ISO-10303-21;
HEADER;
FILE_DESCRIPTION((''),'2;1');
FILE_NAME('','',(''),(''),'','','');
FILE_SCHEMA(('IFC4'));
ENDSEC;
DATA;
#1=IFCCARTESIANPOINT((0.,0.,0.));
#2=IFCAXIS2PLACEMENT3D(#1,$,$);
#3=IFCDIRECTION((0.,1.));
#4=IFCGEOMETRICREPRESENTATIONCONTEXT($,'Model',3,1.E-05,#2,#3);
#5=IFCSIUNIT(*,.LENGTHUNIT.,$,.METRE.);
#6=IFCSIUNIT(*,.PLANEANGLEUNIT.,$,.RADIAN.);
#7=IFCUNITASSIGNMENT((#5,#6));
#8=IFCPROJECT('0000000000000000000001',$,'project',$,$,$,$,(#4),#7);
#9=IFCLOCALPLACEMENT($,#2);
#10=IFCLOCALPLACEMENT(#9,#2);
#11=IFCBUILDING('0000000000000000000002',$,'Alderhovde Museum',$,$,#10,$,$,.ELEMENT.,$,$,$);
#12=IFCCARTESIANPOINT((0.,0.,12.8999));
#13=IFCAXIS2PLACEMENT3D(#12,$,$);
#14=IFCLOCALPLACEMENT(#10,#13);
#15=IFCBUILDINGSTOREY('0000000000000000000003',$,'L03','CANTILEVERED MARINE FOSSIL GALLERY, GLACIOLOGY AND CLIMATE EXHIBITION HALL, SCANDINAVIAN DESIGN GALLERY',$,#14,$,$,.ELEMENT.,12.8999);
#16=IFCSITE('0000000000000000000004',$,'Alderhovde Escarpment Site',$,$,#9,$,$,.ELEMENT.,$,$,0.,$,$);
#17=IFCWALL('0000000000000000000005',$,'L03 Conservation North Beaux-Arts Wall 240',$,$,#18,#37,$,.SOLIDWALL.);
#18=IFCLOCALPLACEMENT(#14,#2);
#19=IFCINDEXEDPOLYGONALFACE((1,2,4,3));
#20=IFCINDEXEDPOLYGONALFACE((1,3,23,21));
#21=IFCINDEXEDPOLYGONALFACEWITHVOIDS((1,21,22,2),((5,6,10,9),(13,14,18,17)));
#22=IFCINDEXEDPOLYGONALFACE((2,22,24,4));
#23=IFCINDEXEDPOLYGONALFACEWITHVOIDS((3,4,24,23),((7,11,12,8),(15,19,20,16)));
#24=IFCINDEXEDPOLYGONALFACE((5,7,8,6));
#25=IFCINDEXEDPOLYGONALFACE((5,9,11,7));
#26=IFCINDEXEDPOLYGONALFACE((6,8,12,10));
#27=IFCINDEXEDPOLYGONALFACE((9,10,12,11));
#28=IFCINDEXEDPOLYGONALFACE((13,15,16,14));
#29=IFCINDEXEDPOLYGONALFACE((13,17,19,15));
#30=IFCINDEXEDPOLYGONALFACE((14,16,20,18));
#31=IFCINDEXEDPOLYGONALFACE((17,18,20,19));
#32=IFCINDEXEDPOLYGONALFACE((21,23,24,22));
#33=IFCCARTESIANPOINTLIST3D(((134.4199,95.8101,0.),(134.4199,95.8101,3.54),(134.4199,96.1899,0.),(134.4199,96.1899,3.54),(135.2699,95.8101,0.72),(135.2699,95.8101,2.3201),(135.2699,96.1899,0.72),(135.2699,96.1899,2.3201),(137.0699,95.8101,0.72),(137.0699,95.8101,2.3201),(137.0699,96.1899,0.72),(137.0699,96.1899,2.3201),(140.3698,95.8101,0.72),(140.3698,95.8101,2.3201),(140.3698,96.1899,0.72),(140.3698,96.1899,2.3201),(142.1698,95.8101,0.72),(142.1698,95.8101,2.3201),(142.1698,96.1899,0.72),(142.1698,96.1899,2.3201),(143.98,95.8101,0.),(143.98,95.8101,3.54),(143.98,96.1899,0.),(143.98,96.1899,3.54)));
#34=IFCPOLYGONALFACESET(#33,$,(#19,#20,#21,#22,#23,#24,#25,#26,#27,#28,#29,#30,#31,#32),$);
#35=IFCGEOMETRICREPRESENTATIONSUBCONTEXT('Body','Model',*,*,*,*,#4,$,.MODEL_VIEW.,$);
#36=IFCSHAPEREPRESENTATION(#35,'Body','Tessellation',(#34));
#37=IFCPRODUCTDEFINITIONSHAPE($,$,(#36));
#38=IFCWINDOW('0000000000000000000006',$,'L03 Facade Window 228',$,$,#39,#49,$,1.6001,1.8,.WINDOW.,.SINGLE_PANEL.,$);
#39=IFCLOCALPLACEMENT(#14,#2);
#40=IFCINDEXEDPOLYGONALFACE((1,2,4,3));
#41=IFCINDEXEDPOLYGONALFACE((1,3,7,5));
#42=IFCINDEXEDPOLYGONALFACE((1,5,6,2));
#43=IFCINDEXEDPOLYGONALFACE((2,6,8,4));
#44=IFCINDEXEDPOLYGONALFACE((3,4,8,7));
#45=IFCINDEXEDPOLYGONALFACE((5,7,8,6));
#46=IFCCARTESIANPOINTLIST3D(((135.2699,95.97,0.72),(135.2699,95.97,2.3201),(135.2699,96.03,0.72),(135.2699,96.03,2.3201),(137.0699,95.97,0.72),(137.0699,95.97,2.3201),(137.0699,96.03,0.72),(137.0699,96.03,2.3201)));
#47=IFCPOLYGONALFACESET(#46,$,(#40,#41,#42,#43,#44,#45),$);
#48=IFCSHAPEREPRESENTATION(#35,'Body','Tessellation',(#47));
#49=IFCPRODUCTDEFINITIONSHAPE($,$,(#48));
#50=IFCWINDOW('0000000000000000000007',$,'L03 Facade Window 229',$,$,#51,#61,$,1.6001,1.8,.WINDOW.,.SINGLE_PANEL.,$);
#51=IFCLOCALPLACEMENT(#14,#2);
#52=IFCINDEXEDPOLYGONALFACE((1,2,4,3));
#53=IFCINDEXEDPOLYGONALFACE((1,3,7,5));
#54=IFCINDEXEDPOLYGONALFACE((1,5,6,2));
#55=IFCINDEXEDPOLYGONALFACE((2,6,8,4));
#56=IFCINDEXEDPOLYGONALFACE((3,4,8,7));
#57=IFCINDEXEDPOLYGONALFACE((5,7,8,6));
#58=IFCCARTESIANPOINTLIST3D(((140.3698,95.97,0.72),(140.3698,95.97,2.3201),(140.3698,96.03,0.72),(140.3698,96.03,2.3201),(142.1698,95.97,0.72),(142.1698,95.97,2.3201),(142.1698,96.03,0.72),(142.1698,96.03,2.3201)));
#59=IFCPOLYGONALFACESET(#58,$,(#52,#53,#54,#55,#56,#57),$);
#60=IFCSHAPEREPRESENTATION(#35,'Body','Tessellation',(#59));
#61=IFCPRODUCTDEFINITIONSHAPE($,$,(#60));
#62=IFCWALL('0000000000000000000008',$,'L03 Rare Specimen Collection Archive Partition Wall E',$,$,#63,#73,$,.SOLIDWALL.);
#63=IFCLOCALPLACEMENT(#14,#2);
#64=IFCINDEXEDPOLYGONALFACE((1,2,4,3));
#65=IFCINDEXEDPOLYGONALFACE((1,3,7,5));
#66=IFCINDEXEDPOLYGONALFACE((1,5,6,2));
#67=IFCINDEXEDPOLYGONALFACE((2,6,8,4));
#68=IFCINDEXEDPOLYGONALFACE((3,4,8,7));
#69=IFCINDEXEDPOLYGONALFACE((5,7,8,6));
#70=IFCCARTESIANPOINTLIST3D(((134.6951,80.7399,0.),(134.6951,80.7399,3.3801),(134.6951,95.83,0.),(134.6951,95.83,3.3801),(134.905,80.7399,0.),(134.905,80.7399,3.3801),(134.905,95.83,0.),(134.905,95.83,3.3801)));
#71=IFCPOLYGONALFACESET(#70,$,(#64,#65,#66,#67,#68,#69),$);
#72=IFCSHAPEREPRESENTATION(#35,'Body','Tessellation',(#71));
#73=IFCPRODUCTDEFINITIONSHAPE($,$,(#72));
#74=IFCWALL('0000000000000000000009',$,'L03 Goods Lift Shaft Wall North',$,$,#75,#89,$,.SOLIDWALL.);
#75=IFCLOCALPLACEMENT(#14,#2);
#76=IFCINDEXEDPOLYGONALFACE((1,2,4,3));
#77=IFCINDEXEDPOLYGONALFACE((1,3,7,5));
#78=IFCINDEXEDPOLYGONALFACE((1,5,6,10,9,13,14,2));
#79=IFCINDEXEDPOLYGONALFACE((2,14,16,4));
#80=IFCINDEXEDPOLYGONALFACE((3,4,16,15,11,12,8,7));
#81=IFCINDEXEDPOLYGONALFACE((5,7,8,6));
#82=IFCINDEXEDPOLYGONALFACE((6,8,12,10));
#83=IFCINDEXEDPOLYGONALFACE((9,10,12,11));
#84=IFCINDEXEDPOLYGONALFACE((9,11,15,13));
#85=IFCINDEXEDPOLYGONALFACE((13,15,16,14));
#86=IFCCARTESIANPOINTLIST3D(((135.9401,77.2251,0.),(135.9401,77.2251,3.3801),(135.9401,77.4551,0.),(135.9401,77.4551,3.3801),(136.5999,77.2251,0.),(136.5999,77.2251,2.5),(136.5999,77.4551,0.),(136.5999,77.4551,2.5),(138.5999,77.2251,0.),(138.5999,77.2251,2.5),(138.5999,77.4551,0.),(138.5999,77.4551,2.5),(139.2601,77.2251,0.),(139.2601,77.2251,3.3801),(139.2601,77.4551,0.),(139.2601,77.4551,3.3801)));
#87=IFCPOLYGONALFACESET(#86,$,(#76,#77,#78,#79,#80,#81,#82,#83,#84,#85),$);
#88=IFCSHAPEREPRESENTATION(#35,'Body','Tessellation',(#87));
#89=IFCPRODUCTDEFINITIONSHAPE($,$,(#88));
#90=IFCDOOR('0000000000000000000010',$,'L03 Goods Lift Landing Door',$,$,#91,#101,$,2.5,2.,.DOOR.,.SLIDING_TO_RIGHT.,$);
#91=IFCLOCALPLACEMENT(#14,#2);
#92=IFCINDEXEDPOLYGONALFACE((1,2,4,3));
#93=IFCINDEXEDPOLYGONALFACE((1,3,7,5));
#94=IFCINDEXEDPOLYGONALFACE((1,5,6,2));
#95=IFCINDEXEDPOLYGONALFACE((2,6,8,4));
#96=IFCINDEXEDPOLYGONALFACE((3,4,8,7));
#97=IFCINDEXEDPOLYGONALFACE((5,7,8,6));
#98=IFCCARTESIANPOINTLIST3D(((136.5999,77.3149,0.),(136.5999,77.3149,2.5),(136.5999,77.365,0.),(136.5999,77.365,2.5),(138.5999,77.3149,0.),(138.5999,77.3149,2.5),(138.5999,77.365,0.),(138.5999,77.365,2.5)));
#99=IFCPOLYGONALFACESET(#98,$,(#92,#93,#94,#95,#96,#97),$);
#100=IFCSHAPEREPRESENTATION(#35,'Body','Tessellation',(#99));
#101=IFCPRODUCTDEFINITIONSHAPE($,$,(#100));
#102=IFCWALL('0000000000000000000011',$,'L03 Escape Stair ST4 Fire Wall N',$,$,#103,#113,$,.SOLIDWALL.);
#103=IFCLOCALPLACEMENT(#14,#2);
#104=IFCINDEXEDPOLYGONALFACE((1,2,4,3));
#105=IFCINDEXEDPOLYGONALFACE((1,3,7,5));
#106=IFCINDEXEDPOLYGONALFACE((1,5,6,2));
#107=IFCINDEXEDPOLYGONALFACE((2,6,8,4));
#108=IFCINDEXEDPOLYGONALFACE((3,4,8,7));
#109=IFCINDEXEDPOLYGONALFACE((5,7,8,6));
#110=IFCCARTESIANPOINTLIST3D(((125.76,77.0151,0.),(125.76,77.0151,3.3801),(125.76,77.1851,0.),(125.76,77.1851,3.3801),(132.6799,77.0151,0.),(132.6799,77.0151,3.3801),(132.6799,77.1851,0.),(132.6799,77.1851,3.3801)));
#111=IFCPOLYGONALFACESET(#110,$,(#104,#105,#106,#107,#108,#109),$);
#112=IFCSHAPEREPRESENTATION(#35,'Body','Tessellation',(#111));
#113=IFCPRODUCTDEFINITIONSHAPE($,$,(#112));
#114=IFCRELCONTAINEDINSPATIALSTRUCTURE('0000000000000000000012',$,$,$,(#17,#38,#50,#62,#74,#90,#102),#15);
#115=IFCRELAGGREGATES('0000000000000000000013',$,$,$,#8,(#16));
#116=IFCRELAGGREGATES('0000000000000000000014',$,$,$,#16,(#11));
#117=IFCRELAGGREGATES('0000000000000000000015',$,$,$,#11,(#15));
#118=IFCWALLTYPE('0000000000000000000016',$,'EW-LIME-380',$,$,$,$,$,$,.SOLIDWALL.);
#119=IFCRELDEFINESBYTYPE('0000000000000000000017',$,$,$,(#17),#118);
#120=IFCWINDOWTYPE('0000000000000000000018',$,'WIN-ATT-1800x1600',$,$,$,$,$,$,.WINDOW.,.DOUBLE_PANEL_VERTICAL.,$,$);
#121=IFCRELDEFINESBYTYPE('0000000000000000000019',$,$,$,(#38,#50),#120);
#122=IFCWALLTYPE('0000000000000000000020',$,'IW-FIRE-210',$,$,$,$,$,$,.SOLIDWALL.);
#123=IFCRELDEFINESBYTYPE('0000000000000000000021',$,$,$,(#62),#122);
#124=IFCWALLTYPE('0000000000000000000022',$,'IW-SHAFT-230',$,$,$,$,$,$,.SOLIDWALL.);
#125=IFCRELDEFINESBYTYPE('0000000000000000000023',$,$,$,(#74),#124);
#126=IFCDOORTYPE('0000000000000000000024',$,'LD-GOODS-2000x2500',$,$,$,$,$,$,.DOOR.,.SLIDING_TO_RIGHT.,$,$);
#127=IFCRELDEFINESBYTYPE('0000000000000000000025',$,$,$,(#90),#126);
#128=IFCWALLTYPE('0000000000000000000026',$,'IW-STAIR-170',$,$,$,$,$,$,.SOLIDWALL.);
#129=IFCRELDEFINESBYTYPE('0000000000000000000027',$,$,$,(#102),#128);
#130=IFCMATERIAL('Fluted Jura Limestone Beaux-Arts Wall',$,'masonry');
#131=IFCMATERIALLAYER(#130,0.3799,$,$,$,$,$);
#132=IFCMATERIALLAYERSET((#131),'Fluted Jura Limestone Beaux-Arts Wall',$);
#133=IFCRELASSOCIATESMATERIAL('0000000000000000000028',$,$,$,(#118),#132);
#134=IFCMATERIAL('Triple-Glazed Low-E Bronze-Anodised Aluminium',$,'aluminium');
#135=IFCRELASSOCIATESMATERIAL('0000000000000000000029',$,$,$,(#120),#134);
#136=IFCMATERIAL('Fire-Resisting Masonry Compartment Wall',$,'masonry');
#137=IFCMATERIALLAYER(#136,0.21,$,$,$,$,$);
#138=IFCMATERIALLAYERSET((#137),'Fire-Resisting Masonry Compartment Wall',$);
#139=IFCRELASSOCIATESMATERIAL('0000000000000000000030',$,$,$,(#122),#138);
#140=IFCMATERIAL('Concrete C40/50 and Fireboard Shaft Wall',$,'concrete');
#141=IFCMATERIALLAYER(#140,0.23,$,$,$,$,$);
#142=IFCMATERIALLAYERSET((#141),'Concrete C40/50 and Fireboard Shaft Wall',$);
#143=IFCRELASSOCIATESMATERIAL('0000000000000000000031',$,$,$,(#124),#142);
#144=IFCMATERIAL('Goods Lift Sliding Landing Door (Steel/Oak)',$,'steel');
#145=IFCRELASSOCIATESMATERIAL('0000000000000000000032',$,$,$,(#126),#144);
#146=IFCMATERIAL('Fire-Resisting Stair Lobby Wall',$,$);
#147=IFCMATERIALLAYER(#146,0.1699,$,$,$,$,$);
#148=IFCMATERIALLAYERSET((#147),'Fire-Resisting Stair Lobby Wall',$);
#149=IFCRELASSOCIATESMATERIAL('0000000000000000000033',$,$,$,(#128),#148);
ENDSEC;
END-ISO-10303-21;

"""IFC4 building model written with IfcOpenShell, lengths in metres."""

from ifc_helpers import new_model, si_unit, direction, frame, frame_2d, origin, place, context, subcontext, project, spatial, rectangle, extrude, material, layer, layer_set, type_object, element, fill, save


model = new_model("IFC4")

# Units and contexts
model_context = context("Model", 3, precision=1e-05, world=origin(), true_north=direction((0.0, 1.0)))
body_context = subcontext(model_context, "Body", "Model", "MODEL_VIEW")
ifc_project = project(units=[si_unit("LENGTHUNIT", "METRE"), si_unit("PLANEANGLEUNIT", "RADIAN")], contexts=[model_context])

# Site, building, storey
site_placement = place(None, origin())
site = spatial("IfcSite", under=ifc_project, at=site_placement, Name="Alderhovde Escarpment Site", CompositionType="ELEMENT", RefElevation=0.0)
building_placement = place(site_placement, origin())
building = spatial("IfcBuilding", under=site, at=building_placement, Name="Alderhovde Museum", CompositionType="ELEMENT")
storey_placement = place(building_placement, frame((0.0, 0.0, 12.8999)))
storey = spatial("IfcBuildingStorey", under=building, at=storey_placement, Name="L03", Description="CANTILEVERED MARINE FOSSIL GALLERY, GLACIOLOGY AND CLIMATE EXHIBITION HALL, SCANDINAVIAN DESIGN GALLERY", CompositionType="ELEMENT", Elevation=12.8999)

# Shared definitions
ifc_material_1 = material(Name="Fluted Jura Limestone Beaux-Arts Wall", Category="masonry")
ifc_layer_1 = layer(ifc_material_1, 0.3799)
ifc_layer_set_1 = layer_set([ifc_layer_1], Name="Fluted Jura Limestone Beaux-Arts Wall")
wall_type_1 = type_object("IfcWallType", Name="EW-LIME-380", PredefinedType="SOLIDWALL", material=ifc_layer_set_1)

# Wall, openings, windows
wall_1_placement = place(storey_placement, frame((134.4199, 96.0, 0.0), z_axis=(0.0, 0.0, 1.0), x_axis=(1.0, 0.0, 0.0)))
wall_1 = element("IfcWall", 1, at=wall_1_placement, inside=storey, type_object=wall_type_1, Name="L03 Conservation North Beaux-Arts Wall 240", PredefinedType="SOLIDWALL", context=body_context, shape_type="SweptSolid", body=[
    extrude(rectangle(XDim=9.5601, YDim=0.3799, at=frame_2d((4.78, 0.0))), origin(), (0.0, 0.0, 1.0), 3.54),
])
opening_1_placement = place(wall_1_placement, frame((0.8501, 0.0, 0.72)))
opening_1 = element("IfcOpeningElement", 2, at=opening_1_placement, cuts=wall_1, PredefinedType="OPENING", context=body_context, shape_type="SweptSolid", body=[
    extrude(rectangle(XDim=1.8, YDim=1.6001, at=frame_2d((0.8999, 0.8))), frame((0.0, 0.2, 0.0), z_axis=(0.0, -1.0, 0.0), x_axis=(1.0, 0.0, 0.0)), (0.0, 0.0, 1.0), 0.3999),
])
opening_2_placement = place(wall_1_placement, frame((5.95, 0.0, 0.72)))
opening_2 = element("IfcOpeningElement", 3, at=opening_2_placement, cuts=wall_1, PredefinedType="OPENING", context=body_context, shape_type="SweptSolid", body=[
    extrude(rectangle(XDim=1.8, YDim=1.6001, at=frame_2d((0.8999, 0.8))), frame((0.0, 0.2, 0.0), z_axis=(0.0, -1.0, 0.0), x_axis=(1.0, 0.0, 0.0)), (0.0, 0.0, 1.0), 0.3999),
])
ifc_material_2 = material(Name="Triple-Glazed Low-E Bronze-Anodised Aluminium", Category="aluminium")
window_type = type_object("IfcWindowType", Name="WIN-ATT-1800x1600", PartitioningType="DOUBLE_PANEL_VERTICAL", PredefinedType="WINDOW", material=ifc_material_2)
window_1_placement = place(opening_1_placement, origin())
window_1 = element("IfcWindow", 4, at=window_1_placement, inside=storey, type_object=window_type, Name="L03 Facade Window 228", OverallHeight=1.6001, OverallWidth=1.8, PartitioningType="SINGLE_PANEL", PredefinedType="WINDOW", context=body_context, shape_type="SweptSolid", body=[
    extrude(rectangle(XDim=1.8, YDim=1.6001, at=frame_2d((0.8999, 0.8))), frame((0.0, 0.03, 0.0), z_axis=(0.0, -1.0, 0.0), x_axis=(1.0, 0.0, 0.0)), (0.0, 0.0, 1.0), 0.0601),
])
fill(opening_1, window_1)
window_2_placement = place(opening_2_placement, origin())
window_2 = element("IfcWindow", 5, at=window_2_placement, inside=storey, type_object=window_type, Name="L03 Facade Window 229", OverallHeight=1.6001, OverallWidth=1.8, PartitioningType="SINGLE_PANEL", PredefinedType="WINDOW", context=body_context, shape_type="SweptSolid", body=[
    extrude(rectangle(XDim=1.8, YDim=1.6001, at=frame_2d((0.8999, 0.8))), frame((0.0, 0.03, 0.0), z_axis=(0.0, -1.0, 0.0), x_axis=(1.0, 0.0, 0.0)), (0.0, 0.0, 1.0), 0.0601),
])
fill(opening_2, window_2)

# Wall
ifc_material_3 = material(Name="Fire-Resisting Masonry Compartment Wall", Category="masonry")
ifc_layer_2 = layer(ifc_material_3, 0.21)
ifc_layer_set_2 = layer_set([ifc_layer_2], Name="Fire-Resisting Masonry Compartment Wall")
wall_type_2 = type_object("IfcWallType", Name="IW-FIRE-210", PredefinedType="SOLIDWALL", material=ifc_layer_set_2)
wall_2_placement = place(storey_placement, frame((134.8, 80.74, 0.0), z_axis=(0.0, 0.0, 1.0), x_axis=(0.0, 1.0, 0.0)))
element("IfcWall", 6, at=wall_2_placement, inside=storey, type_object=wall_type_2, Name="L03 Rare Specimen Collection Archive Partition Wall E", PredefinedType="SOLIDWALL", context=body_context, shape_type="SweptSolid", body=[
    extrude(rectangle(XDim=15.0901, YDim=0.21, at=frame_2d((7.5449, 0.0))), origin(), (0.0, 0.0, 1.0), 3.3801),
])

# Wall, opening, door
ifc_material_4 = material(Name="Concrete C40/50 and Fireboard Shaft Wall", Category="concrete")
ifc_layer_3 = layer(ifc_material_4, 0.23)
ifc_layer_set_3 = layer_set([ifc_layer_3], Name="Concrete C40/50 and Fireboard Shaft Wall")
wall_type_3 = type_object("IfcWallType", Name="IW-SHAFT-230", PredefinedType="SOLIDWALL", material=ifc_layer_set_3)
wall_3_placement = place(storey_placement, frame((135.9399, 77.3401, 0.0), z_axis=(0.0, 0.0, 1.0), x_axis=(1.0, 0.0, 0.0)))
wall_3 = element("IfcWall", 7, at=wall_3_placement, inside=storey, type_object=wall_type_3, Name="L03 Goods Lift Shaft Wall North", PredefinedType="SOLIDWALL", context=body_context, shape_type="SweptSolid", body=[
    extrude(rectangle(XDim=3.3201, YDim=0.23, at=frame_2d((1.6602, 0.0))), origin(), (0.0, 0.0, 1.0), 3.3801),
])
opening_3_placement = place(wall_3_placement, frame((0.6599, 0.0, 0.0)))
opening_3 = element("IfcOpeningElement", 8, at=opening_3_placement, cuts=wall_3, PredefinedType="OPENING", context=body_context, shape_type="SweptSolid", body=[
    extrude(rectangle(XDim=2.0, YDim=2.5, at=frame_2d((1.0, 1.25))), frame((0.0, 0.125, 0.0), z_axis=(0.0, -1.0, 0.0), x_axis=(1.0, 0.0, 0.0)), (0.0, 0.0, 1.0), 0.25),
])
ifc_material_5 = material(Name="Goods Lift Sliding Landing Door (Steel/Oak)", Category="steel")
door_type = type_object("IfcDoorType", Name="LD-GOODS-2000x2500", OperationType="SLIDING_TO_RIGHT", PredefinedType="DOOR", material=ifc_material_5)
door_placement = place(opening_3_placement, origin())
door = element("IfcDoor", 9, at=door_placement, inside=storey, type_object=door_type, Name="L03 Goods Lift Landing Door", OperationType="SLIDING_TO_RIGHT", OverallHeight=2.5, OverallWidth=2.0, PredefinedType="DOOR", context=body_context, shape_type="SweptSolid", body=[
    extrude(rectangle(XDim=2.0, YDim=2.5, at=frame_2d((1.0, 1.25))), frame((0.0, 0.0249, 0.0), z_axis=(0.0, -1.0, 0.0), x_axis=(1.0, 0.0, 0.0)), (0.0, 0.0, 1.0), 0.05),
])
fill(opening_3, door)

# Wall
ifc_material_6 = material(Name="Fire-Resisting Stair Lobby Wall")
ifc_layer_4 = layer(ifc_material_6, 0.1699)
ifc_layer_set_4 = layer_set([ifc_layer_4], Name="Fire-Resisting Stair Lobby Wall")
wall_type_4 = type_object("IfcWallType", Name="IW-STAIR-170", PredefinedType="SOLIDWALL", material=ifc_layer_set_4)
wall_4_placement = place(storey_placement, frame((125.76, 77.1001, 0.0), z_axis=(0.0, 0.0, 1.0), x_axis=(1.0, 0.0, 0.0)))
element("IfcWall", 10, at=wall_4_placement, inside=storey, type_object=wall_type_4, Name="L03 Escape Stair ST4 Fire Wall N", PredefinedType="SOLIDWALL", context=body_context, shape_type="SweptSolid", body=[
    extrude(rectangle(XDim=6.9199, YDim=0.1699, at=frame_2d((3.46, 0.0))), origin(), (0.0, 0.0, 1.0), 3.3801),
])

save(model, "model.ifc")
